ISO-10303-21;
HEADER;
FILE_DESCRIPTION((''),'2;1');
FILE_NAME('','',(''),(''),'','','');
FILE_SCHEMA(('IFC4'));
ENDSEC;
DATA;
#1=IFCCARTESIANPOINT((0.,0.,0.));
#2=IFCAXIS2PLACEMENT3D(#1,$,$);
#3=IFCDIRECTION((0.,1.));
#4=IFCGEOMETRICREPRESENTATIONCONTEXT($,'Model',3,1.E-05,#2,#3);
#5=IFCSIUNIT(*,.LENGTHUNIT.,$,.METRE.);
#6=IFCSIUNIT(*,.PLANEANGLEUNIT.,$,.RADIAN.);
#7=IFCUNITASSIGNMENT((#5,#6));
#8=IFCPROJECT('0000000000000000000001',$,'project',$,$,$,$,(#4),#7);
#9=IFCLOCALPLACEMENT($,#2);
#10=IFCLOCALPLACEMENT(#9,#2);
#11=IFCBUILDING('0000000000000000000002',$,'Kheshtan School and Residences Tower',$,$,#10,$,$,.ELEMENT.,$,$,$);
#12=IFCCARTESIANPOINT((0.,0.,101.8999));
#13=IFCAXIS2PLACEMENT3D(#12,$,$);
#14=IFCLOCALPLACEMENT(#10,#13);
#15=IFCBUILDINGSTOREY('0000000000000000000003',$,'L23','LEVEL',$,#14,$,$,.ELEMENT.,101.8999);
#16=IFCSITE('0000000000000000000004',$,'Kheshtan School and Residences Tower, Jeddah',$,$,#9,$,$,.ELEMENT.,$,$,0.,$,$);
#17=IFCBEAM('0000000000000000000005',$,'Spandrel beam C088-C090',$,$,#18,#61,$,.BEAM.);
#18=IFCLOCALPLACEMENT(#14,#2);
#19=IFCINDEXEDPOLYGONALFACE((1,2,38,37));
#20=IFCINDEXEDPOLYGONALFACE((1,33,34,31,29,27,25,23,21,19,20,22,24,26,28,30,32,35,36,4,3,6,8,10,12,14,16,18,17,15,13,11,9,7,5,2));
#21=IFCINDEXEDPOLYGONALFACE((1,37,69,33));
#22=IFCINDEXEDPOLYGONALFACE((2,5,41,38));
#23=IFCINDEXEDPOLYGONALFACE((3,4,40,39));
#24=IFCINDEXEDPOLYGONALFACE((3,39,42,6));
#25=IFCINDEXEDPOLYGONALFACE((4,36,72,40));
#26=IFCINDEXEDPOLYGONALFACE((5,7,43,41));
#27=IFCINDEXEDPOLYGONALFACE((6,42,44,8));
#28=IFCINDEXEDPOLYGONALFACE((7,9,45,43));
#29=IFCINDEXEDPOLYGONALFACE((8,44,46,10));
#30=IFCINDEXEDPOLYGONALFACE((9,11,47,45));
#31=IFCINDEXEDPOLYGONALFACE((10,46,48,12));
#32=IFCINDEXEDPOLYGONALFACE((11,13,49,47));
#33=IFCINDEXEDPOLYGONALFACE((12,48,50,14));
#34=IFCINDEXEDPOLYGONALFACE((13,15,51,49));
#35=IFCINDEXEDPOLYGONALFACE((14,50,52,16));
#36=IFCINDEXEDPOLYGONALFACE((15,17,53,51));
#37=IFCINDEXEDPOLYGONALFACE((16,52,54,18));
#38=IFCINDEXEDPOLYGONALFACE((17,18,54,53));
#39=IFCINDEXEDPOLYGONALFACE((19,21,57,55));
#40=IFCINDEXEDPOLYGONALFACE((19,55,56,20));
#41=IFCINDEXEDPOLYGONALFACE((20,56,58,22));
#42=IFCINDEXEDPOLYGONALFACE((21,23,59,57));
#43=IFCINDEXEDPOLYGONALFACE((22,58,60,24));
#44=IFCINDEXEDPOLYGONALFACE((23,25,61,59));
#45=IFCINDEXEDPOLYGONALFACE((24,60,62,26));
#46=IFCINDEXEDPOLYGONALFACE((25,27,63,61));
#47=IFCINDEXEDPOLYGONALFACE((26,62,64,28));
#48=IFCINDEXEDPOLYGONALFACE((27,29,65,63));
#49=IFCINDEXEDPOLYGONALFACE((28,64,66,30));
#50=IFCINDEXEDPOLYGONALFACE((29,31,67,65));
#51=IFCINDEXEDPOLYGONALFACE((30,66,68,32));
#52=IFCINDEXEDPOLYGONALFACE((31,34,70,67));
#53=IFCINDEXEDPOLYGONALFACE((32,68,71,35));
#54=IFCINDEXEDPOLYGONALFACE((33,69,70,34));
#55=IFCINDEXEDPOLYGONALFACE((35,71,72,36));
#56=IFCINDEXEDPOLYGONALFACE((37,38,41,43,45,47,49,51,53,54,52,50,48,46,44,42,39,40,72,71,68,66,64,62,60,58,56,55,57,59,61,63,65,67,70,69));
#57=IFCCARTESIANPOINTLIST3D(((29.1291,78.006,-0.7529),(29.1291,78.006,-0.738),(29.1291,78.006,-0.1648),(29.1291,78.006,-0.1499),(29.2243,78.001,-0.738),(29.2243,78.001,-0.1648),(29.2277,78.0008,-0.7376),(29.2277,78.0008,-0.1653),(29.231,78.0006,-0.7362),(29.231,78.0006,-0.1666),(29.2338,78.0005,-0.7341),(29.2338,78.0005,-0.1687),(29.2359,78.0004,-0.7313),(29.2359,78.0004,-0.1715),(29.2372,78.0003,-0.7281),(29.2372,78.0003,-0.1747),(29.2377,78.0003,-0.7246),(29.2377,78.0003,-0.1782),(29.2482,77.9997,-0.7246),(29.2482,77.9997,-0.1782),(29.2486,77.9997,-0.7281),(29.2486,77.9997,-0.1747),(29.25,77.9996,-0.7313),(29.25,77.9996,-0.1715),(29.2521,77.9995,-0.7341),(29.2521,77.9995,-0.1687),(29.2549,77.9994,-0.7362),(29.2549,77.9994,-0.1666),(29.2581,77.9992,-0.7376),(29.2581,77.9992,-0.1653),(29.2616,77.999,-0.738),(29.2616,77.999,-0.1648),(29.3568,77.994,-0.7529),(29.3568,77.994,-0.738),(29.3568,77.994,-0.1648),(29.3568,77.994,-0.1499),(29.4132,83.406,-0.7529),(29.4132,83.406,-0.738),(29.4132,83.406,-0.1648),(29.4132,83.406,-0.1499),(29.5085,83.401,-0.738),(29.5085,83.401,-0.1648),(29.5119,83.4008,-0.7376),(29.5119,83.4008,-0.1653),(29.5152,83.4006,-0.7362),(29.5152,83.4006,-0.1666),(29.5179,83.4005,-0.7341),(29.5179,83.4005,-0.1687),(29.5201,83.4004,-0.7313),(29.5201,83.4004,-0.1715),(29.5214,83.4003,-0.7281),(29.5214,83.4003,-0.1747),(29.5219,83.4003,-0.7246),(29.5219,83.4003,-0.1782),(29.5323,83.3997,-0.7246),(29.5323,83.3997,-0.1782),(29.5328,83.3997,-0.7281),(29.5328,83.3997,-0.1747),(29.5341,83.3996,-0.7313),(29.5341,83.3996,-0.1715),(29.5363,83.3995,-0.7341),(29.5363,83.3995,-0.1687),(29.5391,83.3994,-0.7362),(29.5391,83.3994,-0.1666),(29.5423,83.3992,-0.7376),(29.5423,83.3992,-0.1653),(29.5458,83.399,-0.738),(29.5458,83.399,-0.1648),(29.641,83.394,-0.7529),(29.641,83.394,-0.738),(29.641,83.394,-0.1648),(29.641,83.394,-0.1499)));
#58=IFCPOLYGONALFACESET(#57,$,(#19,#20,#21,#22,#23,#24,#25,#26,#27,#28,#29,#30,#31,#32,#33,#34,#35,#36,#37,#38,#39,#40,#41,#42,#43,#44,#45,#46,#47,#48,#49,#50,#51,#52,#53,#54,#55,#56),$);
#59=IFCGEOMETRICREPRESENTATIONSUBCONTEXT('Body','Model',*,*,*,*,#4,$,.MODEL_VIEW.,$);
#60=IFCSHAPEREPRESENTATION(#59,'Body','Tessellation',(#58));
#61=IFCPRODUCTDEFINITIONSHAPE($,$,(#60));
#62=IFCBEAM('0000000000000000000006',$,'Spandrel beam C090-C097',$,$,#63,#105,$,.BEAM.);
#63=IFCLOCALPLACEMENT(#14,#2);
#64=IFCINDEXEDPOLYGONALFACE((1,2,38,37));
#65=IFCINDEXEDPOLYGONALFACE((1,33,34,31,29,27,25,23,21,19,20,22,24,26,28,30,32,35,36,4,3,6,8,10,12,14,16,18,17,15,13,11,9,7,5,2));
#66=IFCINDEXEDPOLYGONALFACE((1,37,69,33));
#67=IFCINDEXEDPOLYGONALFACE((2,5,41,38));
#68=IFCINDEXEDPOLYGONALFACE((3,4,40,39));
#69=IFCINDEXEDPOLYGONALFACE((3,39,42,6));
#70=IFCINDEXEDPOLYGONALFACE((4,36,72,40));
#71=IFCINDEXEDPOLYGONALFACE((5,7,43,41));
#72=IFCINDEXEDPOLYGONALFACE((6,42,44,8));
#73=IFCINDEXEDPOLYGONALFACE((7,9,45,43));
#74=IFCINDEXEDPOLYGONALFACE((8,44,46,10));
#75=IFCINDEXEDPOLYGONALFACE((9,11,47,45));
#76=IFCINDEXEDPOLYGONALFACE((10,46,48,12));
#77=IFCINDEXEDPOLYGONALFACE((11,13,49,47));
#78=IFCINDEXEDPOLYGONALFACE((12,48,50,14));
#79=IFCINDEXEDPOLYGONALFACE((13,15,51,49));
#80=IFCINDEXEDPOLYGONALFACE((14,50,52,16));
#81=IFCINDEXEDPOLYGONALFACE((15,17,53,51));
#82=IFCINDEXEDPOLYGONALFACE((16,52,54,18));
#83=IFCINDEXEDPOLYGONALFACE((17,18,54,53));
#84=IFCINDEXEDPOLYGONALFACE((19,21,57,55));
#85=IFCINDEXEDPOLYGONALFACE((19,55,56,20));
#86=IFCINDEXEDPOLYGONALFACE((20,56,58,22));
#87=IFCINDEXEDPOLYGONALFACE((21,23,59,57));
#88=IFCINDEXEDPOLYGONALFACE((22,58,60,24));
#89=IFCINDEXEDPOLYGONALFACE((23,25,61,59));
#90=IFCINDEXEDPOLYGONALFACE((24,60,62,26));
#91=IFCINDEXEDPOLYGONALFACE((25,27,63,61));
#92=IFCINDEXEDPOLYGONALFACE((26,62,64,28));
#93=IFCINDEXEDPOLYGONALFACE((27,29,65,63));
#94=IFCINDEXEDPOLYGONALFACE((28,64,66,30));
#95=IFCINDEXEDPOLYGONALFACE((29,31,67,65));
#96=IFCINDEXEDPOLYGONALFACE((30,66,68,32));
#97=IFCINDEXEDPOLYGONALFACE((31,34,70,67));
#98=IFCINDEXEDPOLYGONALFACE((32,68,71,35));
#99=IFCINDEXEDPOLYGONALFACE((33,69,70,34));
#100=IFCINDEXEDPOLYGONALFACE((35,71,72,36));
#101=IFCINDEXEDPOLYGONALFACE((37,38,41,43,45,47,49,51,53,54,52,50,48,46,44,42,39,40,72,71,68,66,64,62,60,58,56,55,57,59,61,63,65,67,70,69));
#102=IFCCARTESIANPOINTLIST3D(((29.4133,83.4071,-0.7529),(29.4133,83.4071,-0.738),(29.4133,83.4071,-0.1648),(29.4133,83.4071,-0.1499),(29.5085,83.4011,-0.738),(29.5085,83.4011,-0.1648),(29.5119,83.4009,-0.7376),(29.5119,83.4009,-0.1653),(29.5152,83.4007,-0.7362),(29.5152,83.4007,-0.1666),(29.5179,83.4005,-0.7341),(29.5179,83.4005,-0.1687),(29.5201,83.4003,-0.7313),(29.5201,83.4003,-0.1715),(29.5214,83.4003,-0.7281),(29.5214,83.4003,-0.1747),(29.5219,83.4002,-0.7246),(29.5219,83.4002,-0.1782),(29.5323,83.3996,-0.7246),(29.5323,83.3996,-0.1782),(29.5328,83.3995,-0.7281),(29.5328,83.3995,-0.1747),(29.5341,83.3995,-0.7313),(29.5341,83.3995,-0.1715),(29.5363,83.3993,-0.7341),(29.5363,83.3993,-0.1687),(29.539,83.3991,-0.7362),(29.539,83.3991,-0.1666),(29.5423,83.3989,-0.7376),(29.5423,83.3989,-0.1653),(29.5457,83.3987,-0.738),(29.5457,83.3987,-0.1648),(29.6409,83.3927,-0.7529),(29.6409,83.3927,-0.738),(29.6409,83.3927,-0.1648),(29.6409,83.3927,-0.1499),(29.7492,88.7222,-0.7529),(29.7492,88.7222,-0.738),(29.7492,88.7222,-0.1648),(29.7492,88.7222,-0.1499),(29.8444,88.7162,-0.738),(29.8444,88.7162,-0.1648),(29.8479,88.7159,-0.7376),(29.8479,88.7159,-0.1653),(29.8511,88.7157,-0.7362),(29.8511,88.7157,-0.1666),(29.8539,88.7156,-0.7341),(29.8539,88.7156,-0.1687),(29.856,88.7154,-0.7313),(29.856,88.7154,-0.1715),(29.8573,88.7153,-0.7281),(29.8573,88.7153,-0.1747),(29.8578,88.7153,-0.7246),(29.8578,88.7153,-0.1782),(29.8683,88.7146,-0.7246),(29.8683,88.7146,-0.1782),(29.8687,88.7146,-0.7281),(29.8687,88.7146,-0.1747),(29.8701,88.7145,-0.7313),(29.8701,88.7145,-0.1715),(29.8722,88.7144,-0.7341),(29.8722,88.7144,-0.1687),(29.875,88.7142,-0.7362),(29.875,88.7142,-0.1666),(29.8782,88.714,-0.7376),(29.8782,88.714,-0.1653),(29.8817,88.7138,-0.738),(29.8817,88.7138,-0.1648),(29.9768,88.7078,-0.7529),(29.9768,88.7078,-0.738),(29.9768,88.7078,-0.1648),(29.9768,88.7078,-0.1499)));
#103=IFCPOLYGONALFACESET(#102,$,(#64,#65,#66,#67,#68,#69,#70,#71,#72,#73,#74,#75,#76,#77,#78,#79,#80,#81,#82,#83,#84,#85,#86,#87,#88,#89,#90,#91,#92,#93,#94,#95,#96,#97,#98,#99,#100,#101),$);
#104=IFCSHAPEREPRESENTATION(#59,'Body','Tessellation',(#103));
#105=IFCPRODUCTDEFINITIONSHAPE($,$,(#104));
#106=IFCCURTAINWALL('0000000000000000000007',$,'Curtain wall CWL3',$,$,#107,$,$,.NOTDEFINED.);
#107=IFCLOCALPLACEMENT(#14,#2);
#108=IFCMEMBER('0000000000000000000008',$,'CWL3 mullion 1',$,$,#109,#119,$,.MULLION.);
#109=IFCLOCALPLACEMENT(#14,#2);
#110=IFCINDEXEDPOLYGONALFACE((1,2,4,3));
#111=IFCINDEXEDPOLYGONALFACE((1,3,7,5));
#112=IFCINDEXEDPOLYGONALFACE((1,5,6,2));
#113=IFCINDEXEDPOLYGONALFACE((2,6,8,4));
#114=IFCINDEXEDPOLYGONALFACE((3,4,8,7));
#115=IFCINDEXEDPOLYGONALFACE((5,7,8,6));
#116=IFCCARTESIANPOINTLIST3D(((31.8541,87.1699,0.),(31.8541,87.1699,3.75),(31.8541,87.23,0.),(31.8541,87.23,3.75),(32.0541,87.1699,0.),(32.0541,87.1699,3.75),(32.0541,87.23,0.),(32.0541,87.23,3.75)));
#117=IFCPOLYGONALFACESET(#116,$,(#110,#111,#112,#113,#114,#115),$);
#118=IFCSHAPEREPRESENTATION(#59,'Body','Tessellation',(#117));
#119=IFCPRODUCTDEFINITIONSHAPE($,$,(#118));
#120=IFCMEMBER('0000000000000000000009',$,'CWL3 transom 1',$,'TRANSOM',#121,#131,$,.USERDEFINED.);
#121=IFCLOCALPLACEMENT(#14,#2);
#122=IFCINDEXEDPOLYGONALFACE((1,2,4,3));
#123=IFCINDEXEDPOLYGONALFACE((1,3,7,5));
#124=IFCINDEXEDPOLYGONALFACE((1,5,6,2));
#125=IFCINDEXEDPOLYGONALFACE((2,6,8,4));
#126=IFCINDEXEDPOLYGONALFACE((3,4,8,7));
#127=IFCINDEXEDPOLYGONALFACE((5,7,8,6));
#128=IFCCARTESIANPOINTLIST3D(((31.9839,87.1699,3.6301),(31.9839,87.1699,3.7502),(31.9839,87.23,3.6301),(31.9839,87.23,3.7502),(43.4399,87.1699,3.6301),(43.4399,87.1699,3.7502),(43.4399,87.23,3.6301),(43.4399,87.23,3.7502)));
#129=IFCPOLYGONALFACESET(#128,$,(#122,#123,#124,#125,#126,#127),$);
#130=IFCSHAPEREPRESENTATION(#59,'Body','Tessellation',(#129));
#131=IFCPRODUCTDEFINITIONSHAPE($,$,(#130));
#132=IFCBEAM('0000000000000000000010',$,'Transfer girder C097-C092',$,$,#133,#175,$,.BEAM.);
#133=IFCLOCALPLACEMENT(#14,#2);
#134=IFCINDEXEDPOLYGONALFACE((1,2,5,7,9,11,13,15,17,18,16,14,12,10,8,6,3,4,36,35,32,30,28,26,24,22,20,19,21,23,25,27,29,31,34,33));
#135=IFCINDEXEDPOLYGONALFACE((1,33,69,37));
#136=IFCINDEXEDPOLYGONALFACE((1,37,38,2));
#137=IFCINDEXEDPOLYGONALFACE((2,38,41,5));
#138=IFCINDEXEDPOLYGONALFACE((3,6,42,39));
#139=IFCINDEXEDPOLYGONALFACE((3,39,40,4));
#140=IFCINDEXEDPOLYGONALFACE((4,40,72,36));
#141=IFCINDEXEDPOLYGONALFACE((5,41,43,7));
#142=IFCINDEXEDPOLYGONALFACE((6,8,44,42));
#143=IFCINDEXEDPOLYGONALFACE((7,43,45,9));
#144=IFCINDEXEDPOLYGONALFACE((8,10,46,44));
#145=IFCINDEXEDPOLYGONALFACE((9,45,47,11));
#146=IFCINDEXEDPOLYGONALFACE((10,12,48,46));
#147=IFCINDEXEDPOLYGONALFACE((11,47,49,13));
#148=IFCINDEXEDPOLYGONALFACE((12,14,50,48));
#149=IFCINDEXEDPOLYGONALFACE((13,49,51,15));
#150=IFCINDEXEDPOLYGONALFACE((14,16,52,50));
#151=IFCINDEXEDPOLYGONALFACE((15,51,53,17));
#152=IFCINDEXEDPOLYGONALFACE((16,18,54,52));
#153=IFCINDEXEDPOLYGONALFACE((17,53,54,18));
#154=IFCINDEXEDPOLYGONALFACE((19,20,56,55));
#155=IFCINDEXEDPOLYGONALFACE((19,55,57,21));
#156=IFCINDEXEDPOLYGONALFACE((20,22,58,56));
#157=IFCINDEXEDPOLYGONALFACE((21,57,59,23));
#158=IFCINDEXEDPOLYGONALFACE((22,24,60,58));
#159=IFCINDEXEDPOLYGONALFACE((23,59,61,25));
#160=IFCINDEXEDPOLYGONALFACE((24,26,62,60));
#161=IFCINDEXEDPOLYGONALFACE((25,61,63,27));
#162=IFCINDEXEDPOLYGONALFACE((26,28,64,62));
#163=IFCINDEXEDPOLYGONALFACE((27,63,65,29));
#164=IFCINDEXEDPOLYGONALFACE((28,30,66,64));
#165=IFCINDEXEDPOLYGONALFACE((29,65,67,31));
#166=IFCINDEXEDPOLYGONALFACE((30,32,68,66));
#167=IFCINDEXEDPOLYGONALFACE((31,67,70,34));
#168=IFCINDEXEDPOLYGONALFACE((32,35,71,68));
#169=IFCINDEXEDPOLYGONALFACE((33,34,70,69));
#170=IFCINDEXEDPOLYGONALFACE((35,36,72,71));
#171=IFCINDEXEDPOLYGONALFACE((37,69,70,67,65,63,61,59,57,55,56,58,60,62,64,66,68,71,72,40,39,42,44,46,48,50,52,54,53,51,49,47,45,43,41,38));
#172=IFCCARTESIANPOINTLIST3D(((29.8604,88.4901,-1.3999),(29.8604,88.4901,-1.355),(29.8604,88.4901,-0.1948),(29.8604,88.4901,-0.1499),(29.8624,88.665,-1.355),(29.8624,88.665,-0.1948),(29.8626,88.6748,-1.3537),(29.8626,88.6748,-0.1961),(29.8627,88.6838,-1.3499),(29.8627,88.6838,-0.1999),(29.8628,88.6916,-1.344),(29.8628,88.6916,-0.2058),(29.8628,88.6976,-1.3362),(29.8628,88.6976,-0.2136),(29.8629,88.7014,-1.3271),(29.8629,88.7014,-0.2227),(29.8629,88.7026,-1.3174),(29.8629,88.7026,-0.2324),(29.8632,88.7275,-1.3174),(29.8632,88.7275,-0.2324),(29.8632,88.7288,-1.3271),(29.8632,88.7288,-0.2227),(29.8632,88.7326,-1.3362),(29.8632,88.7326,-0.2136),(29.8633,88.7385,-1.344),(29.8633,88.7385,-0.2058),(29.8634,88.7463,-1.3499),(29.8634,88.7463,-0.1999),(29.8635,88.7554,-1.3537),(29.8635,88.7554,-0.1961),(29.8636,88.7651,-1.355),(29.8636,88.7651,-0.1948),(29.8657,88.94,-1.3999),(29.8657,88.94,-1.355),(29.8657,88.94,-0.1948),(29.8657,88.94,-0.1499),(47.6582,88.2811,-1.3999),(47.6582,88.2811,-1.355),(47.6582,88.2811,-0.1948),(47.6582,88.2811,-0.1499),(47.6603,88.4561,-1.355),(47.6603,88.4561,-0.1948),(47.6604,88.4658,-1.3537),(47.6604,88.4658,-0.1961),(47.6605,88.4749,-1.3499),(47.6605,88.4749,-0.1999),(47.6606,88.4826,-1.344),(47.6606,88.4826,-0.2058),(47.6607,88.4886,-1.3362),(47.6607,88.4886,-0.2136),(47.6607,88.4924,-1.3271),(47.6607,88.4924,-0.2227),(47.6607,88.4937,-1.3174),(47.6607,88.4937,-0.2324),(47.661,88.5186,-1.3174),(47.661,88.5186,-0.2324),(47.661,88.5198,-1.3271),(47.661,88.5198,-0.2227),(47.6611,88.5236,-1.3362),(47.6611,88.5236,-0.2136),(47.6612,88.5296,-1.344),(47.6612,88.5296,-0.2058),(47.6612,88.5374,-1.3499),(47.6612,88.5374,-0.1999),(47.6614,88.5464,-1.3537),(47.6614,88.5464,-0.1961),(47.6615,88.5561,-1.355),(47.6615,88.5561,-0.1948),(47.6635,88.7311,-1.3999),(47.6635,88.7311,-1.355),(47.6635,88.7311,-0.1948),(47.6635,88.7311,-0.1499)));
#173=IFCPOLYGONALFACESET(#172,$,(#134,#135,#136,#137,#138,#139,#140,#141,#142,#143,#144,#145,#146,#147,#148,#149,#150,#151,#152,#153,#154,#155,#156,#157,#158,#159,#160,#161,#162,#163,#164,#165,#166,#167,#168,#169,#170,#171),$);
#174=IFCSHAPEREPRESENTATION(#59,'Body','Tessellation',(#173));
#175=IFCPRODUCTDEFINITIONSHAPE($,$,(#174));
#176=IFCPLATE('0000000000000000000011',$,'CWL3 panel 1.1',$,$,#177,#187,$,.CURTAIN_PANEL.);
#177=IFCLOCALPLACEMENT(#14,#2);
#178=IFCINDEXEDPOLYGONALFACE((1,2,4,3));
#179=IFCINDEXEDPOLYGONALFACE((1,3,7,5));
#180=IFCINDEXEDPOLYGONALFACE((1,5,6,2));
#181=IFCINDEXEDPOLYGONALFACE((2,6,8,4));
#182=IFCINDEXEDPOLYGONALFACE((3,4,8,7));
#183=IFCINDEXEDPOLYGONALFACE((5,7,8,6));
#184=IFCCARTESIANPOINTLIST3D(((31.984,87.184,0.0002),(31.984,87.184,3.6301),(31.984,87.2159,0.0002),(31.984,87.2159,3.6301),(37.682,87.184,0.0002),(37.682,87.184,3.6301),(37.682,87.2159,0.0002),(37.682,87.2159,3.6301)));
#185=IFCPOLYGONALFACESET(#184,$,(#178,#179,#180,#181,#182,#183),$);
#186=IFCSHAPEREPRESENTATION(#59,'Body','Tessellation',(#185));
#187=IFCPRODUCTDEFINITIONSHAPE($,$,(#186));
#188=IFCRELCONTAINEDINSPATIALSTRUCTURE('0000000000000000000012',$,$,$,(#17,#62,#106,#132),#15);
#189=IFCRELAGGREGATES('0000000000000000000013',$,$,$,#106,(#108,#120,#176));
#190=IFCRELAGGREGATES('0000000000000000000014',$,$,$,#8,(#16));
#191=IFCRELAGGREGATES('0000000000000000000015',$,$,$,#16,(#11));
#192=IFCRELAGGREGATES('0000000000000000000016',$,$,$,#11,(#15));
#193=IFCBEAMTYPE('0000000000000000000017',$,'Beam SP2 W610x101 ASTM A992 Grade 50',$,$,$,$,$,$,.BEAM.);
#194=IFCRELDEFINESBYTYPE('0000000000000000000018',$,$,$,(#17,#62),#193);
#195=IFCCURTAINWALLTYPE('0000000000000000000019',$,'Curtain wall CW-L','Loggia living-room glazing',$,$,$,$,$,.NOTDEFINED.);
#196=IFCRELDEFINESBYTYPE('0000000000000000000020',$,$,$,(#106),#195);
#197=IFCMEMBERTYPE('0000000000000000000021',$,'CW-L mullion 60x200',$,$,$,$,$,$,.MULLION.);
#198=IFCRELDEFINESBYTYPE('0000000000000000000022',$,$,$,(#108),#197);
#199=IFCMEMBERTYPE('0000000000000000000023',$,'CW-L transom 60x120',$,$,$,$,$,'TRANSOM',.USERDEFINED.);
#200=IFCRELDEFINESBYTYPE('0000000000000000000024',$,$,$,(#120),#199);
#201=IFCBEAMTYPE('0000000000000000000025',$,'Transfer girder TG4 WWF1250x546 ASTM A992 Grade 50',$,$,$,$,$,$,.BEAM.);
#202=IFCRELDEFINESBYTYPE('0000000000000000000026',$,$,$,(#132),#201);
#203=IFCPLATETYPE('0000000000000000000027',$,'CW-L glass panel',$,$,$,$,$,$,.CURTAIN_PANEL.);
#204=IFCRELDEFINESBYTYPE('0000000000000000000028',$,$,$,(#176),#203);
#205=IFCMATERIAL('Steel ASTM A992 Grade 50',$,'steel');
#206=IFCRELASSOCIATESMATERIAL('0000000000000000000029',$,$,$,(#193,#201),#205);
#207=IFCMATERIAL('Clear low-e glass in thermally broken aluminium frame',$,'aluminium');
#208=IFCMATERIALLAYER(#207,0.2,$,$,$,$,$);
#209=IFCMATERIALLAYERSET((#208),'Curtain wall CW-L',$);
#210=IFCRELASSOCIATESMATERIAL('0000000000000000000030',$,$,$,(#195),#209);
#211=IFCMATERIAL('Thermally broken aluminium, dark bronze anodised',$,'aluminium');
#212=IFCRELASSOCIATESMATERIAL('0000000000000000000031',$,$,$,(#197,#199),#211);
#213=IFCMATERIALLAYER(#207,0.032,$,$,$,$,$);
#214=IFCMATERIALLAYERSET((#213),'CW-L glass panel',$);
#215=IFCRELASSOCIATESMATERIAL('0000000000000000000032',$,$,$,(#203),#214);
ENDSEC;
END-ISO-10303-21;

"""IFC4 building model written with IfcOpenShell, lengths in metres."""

from ifc_helpers import new_model, si_unit, direction, frame, origin, origin_2d, place, context, subcontext, project, spatial, rectangle, i_section, extrude, material, layer, layer_set, material_profile, profile_set, type_object, element, aggregate, save


model = new_model("IFC4")

# Units and contexts
model_context = context("Model", 3, precision=1e-05, world=origin(), true_north=direction((0.0, 1.0)))
body_context = subcontext(model_context, "Body", "Model", "MODEL_VIEW")
ifc_project = project(units=[si_unit("LENGTHUNIT", "METRE"), si_unit("PLANEANGLEUNIT", "RADIAN")], contexts=[model_context])

# Site, building, storey
site_placement = place(None, origin())
site = spatial("IfcSite", under=ifc_project, at=site_placement, Name="Kheshtan School and Residences Tower, Jeddah", CompositionType="ELEMENT", RefElevation=0.0)
building_placement = place(site_placement, origin())
building = spatial("IfcBuilding", under=site, at=building_placement, Name="Kheshtan School and Residences Tower", CompositionType="ELEMENT")
storey_placement = place(building_placement, frame((0.0, 0.0, 101.8999)))
storey = spatial("IfcBuildingStorey", under=building, at=storey_placement, Name="L23", Description="LEVEL", CompositionType="ELEMENT", Elevation=101.8999)

# Shared definitions
ifc_material_1 = material(Name="Steel ASTM A992 Grade 50", Category="steel")

# Beams
ifc_material_profile_1 = material_profile(ifc_material_1, i_section(OverallWidth=0.228, OverallDepth=0.603, WebThickness=0.0105, FlangeThickness=0.0149, FilletRadius=0.0134, at=origin_2d()), Name="W610x101")
ifc_profile_set_1 = profile_set([ifc_material_profile_1], Name="Steel ASTM A992 Grade 50")
beam_type_1 = type_object("IfcBeamType", Name="Beam SP2 W610x101 ASTM A992 Grade 50", PredefinedType="BEAM", material=ifc_profile_set_1)
beam_1_placement = place(storey_placement, frame((29.2429, 78.0, -0.4514), z_axis=(0.052554, 0.998618, 0.0), x_axis=(-0.998618, 0.052554, 0.0)))
element("IfcBeam", 1, at=beam_1_placement, inside=storey, type_object=beam_type_1, Name="Spandrel beam C088-C090", PredefinedType="BEAM", context=body_context, shape_type="SweptSolid", body=[
    extrude(i_section(OverallWidth=0.228, OverallDepth=0.603, WebThickness=0.0105, FlangeThickness=0.0149, FilletRadius=0.0134, at=origin_2d()), origin(), (0.0, 0.0, 1.0), 5.4075),
])
beam_2_placement = place(storey_placement, frame((29.5271, 83.3999, -0.4514), z_axis=(0.063077, 0.998009, 0.0), x_axis=(-0.998009, 0.063077, 0.0)))
element("IfcBeam", 2, at=beam_2_placement, inside=storey, type_object=beam_type_1, Name="Spandrel beam C090-C097", PredefinedType="BEAM", context=body_context, shape_type="SweptSolid", body=[
    extrude(i_section(OverallWidth=0.228, OverallDepth=0.603, WebThickness=0.0105, FlangeThickness=0.0149, FilletRadius=0.0134, at=origin_2d()), origin(), (0.0, 0.0, 1.0), 5.3257),
])

# Curtain wall, members
ifc_material_2 = material(Name="Clear low-e glass in thermally broken aluminium frame", Category="aluminium")
ifc_layer_1 = layer(ifc_material_2, 0.2)
ifc_layer_set_1 = layer_set([ifc_layer_1], Name="Curtain wall CW-L")
curtain_wall_type = type_object("IfcCurtainWallType", Name="Curtain wall CW-L", Description="Loggia living-room glazing", PredefinedType="NOTDEFINED", material=ifc_layer_set_1)
curtain_wall_placement = place(storey_placement, origin())
curtain_wall = element("IfcCurtainWall", 3, at=curtain_wall_placement, inside=storey, type_object=curtain_wall_type, Name="Curtain wall CWL3", PredefinedType="NOTDEFINED")
ifc_material_3 = material(Name="Thermally broken aluminium, dark bronze anodised", Category="aluminium")
ifc_material_profile_2 = material_profile(ifc_material_3, rectangle(XDim=0.0601, YDim=0.2, at=origin_2d()), Name="CW-L mullion 60x200")
ifc_profile_set_2 = profile_set([ifc_material_profile_2], Name="Thermally broken aluminium, dark bronze anodised")
member_type_1 = type_object("IfcMemberType", Name="CW-L mullion 60x200", PredefinedType="MULLION", material=ifc_profile_set_2)
member_1_placement = place(storey_placement, frame((31.9541, 87.2, 0.0), z_axis=(0.0, 0.0, 1.0), x_axis=(0.0, 1.0, 0.0)))
member_1 = element("IfcMember", 4, at=member_1_placement, type_object=member_type_1, Name="CWL3 mullion 1", PredefinedType="MULLION", context=body_context, shape_type="SweptSolid", body=[
    extrude(rectangle(XDim=0.0601, YDim=0.2, at=origin_2d()), origin(), (0.0, 0.0, 1.0), 3.75),
])
ifc_material_profile_3 = material_profile(ifc_material_3, rectangle(XDim=0.0601, YDim=0.1201, at=origin_2d()), Name="CW-L transom 60x120")
ifc_profile_set_3 = profile_set([ifc_material_profile_3], Name="Thermally broken aluminium, dark bronze anodised")
member_type_2 = type_object("IfcMemberType", Name="CW-L transom 60x120", ElementType="TRANSOM", PredefinedType="USERDEFINED", material=ifc_profile_set_3)
member_2_placement = place(storey_placement, frame((31.9839, 87.2, 3.6902), z_axis=(1.0, 0.0, 0.0), x_axis=(0.0, 1.0, 0.0)))
member_2 = element("IfcMember", 5, at=member_2_placement, type_object=member_type_2, Name="CWL3 transom 1", ObjectType="TRANSOM", PredefinedType="USERDEFINED", context=body_context, shape_type="SweptSolid", body=[
    extrude(rectangle(XDim=0.0601, YDim=0.1201, at=origin_2d()), origin(), (0.0, 0.0, 1.0), 11.4561),
])

# Beam
ifc_material_profile_4 = material_profile(ifc_material_1, i_section(OverallWidth=0.45, OverallDepth=1.25, WebThickness=0.0249, FlangeThickness=0.0449, FilletRadius=0.0376, at=origin_2d()), Name="WWF1250x546")
ifc_profile_set_4 = profile_set([ifc_material_profile_4], Name="Steel ASTM A992 Grade 50")
beam_type_2 = type_object("IfcBeamType", Name="Transfer girder TG4 WWF1250x546 ASTM A992 Grade 50", PredefinedType="BEAM", material=ifc_profile_set_4)
beam_3_placement = place(storey_placement, frame((29.863, 88.7151, -0.7749), z_axis=(0.999931, -0.011741, 0.0), x_axis=(0.011741, 0.999931, 0.0)))
element("IfcBeam", 6, at=beam_3_placement, inside=storey, type_object=beam_type_2, Name="Transfer girder C097-C092", PredefinedType="BEAM", context=body_context, shape_type="SweptSolid", body=[
    extrude(i_section(OverallWidth=0.45, OverallDepth=1.25, WebThickness=0.0249, FlangeThickness=0.0449, FilletRadius=0.0376, at=origin_2d()), origin(), (0.0, 0.0, 1.0), 17.7991),
])

# Plate
ifc_layer_2 = layer(ifc_material_2, 0.032)
ifc_layer_set_2 = layer_set([ifc_layer_2], Name="CW-L glass panel")
plate_type = type_object("IfcPlateType", Name="CW-L glass panel", PredefinedType="CURTAIN_PANEL", material=ifc_layer_set_2)
plate_placement = place(storey_placement, frame((34.833, 87.2, 0.0002), z_axis=(0.0, 0.0, 1.0), x_axis=(1.0, 0.0, 0.0)))
plate = element("IfcPlate", 7, at=plate_placement, type_object=plate_type, Name="CWL3 panel 1.1", PredefinedType="CURTAIN_PANEL", context=body_context, shape_type="SweptSolid", body=[
    extrude(rectangle(XDim=5.698, YDim=0.032, at=origin_2d()), origin(), (0.0, 0.0, 1.0), 3.6299),
])
aggregate(curtain_wall, [member_1, member_2, plate])

save(model, "model.ifc")
